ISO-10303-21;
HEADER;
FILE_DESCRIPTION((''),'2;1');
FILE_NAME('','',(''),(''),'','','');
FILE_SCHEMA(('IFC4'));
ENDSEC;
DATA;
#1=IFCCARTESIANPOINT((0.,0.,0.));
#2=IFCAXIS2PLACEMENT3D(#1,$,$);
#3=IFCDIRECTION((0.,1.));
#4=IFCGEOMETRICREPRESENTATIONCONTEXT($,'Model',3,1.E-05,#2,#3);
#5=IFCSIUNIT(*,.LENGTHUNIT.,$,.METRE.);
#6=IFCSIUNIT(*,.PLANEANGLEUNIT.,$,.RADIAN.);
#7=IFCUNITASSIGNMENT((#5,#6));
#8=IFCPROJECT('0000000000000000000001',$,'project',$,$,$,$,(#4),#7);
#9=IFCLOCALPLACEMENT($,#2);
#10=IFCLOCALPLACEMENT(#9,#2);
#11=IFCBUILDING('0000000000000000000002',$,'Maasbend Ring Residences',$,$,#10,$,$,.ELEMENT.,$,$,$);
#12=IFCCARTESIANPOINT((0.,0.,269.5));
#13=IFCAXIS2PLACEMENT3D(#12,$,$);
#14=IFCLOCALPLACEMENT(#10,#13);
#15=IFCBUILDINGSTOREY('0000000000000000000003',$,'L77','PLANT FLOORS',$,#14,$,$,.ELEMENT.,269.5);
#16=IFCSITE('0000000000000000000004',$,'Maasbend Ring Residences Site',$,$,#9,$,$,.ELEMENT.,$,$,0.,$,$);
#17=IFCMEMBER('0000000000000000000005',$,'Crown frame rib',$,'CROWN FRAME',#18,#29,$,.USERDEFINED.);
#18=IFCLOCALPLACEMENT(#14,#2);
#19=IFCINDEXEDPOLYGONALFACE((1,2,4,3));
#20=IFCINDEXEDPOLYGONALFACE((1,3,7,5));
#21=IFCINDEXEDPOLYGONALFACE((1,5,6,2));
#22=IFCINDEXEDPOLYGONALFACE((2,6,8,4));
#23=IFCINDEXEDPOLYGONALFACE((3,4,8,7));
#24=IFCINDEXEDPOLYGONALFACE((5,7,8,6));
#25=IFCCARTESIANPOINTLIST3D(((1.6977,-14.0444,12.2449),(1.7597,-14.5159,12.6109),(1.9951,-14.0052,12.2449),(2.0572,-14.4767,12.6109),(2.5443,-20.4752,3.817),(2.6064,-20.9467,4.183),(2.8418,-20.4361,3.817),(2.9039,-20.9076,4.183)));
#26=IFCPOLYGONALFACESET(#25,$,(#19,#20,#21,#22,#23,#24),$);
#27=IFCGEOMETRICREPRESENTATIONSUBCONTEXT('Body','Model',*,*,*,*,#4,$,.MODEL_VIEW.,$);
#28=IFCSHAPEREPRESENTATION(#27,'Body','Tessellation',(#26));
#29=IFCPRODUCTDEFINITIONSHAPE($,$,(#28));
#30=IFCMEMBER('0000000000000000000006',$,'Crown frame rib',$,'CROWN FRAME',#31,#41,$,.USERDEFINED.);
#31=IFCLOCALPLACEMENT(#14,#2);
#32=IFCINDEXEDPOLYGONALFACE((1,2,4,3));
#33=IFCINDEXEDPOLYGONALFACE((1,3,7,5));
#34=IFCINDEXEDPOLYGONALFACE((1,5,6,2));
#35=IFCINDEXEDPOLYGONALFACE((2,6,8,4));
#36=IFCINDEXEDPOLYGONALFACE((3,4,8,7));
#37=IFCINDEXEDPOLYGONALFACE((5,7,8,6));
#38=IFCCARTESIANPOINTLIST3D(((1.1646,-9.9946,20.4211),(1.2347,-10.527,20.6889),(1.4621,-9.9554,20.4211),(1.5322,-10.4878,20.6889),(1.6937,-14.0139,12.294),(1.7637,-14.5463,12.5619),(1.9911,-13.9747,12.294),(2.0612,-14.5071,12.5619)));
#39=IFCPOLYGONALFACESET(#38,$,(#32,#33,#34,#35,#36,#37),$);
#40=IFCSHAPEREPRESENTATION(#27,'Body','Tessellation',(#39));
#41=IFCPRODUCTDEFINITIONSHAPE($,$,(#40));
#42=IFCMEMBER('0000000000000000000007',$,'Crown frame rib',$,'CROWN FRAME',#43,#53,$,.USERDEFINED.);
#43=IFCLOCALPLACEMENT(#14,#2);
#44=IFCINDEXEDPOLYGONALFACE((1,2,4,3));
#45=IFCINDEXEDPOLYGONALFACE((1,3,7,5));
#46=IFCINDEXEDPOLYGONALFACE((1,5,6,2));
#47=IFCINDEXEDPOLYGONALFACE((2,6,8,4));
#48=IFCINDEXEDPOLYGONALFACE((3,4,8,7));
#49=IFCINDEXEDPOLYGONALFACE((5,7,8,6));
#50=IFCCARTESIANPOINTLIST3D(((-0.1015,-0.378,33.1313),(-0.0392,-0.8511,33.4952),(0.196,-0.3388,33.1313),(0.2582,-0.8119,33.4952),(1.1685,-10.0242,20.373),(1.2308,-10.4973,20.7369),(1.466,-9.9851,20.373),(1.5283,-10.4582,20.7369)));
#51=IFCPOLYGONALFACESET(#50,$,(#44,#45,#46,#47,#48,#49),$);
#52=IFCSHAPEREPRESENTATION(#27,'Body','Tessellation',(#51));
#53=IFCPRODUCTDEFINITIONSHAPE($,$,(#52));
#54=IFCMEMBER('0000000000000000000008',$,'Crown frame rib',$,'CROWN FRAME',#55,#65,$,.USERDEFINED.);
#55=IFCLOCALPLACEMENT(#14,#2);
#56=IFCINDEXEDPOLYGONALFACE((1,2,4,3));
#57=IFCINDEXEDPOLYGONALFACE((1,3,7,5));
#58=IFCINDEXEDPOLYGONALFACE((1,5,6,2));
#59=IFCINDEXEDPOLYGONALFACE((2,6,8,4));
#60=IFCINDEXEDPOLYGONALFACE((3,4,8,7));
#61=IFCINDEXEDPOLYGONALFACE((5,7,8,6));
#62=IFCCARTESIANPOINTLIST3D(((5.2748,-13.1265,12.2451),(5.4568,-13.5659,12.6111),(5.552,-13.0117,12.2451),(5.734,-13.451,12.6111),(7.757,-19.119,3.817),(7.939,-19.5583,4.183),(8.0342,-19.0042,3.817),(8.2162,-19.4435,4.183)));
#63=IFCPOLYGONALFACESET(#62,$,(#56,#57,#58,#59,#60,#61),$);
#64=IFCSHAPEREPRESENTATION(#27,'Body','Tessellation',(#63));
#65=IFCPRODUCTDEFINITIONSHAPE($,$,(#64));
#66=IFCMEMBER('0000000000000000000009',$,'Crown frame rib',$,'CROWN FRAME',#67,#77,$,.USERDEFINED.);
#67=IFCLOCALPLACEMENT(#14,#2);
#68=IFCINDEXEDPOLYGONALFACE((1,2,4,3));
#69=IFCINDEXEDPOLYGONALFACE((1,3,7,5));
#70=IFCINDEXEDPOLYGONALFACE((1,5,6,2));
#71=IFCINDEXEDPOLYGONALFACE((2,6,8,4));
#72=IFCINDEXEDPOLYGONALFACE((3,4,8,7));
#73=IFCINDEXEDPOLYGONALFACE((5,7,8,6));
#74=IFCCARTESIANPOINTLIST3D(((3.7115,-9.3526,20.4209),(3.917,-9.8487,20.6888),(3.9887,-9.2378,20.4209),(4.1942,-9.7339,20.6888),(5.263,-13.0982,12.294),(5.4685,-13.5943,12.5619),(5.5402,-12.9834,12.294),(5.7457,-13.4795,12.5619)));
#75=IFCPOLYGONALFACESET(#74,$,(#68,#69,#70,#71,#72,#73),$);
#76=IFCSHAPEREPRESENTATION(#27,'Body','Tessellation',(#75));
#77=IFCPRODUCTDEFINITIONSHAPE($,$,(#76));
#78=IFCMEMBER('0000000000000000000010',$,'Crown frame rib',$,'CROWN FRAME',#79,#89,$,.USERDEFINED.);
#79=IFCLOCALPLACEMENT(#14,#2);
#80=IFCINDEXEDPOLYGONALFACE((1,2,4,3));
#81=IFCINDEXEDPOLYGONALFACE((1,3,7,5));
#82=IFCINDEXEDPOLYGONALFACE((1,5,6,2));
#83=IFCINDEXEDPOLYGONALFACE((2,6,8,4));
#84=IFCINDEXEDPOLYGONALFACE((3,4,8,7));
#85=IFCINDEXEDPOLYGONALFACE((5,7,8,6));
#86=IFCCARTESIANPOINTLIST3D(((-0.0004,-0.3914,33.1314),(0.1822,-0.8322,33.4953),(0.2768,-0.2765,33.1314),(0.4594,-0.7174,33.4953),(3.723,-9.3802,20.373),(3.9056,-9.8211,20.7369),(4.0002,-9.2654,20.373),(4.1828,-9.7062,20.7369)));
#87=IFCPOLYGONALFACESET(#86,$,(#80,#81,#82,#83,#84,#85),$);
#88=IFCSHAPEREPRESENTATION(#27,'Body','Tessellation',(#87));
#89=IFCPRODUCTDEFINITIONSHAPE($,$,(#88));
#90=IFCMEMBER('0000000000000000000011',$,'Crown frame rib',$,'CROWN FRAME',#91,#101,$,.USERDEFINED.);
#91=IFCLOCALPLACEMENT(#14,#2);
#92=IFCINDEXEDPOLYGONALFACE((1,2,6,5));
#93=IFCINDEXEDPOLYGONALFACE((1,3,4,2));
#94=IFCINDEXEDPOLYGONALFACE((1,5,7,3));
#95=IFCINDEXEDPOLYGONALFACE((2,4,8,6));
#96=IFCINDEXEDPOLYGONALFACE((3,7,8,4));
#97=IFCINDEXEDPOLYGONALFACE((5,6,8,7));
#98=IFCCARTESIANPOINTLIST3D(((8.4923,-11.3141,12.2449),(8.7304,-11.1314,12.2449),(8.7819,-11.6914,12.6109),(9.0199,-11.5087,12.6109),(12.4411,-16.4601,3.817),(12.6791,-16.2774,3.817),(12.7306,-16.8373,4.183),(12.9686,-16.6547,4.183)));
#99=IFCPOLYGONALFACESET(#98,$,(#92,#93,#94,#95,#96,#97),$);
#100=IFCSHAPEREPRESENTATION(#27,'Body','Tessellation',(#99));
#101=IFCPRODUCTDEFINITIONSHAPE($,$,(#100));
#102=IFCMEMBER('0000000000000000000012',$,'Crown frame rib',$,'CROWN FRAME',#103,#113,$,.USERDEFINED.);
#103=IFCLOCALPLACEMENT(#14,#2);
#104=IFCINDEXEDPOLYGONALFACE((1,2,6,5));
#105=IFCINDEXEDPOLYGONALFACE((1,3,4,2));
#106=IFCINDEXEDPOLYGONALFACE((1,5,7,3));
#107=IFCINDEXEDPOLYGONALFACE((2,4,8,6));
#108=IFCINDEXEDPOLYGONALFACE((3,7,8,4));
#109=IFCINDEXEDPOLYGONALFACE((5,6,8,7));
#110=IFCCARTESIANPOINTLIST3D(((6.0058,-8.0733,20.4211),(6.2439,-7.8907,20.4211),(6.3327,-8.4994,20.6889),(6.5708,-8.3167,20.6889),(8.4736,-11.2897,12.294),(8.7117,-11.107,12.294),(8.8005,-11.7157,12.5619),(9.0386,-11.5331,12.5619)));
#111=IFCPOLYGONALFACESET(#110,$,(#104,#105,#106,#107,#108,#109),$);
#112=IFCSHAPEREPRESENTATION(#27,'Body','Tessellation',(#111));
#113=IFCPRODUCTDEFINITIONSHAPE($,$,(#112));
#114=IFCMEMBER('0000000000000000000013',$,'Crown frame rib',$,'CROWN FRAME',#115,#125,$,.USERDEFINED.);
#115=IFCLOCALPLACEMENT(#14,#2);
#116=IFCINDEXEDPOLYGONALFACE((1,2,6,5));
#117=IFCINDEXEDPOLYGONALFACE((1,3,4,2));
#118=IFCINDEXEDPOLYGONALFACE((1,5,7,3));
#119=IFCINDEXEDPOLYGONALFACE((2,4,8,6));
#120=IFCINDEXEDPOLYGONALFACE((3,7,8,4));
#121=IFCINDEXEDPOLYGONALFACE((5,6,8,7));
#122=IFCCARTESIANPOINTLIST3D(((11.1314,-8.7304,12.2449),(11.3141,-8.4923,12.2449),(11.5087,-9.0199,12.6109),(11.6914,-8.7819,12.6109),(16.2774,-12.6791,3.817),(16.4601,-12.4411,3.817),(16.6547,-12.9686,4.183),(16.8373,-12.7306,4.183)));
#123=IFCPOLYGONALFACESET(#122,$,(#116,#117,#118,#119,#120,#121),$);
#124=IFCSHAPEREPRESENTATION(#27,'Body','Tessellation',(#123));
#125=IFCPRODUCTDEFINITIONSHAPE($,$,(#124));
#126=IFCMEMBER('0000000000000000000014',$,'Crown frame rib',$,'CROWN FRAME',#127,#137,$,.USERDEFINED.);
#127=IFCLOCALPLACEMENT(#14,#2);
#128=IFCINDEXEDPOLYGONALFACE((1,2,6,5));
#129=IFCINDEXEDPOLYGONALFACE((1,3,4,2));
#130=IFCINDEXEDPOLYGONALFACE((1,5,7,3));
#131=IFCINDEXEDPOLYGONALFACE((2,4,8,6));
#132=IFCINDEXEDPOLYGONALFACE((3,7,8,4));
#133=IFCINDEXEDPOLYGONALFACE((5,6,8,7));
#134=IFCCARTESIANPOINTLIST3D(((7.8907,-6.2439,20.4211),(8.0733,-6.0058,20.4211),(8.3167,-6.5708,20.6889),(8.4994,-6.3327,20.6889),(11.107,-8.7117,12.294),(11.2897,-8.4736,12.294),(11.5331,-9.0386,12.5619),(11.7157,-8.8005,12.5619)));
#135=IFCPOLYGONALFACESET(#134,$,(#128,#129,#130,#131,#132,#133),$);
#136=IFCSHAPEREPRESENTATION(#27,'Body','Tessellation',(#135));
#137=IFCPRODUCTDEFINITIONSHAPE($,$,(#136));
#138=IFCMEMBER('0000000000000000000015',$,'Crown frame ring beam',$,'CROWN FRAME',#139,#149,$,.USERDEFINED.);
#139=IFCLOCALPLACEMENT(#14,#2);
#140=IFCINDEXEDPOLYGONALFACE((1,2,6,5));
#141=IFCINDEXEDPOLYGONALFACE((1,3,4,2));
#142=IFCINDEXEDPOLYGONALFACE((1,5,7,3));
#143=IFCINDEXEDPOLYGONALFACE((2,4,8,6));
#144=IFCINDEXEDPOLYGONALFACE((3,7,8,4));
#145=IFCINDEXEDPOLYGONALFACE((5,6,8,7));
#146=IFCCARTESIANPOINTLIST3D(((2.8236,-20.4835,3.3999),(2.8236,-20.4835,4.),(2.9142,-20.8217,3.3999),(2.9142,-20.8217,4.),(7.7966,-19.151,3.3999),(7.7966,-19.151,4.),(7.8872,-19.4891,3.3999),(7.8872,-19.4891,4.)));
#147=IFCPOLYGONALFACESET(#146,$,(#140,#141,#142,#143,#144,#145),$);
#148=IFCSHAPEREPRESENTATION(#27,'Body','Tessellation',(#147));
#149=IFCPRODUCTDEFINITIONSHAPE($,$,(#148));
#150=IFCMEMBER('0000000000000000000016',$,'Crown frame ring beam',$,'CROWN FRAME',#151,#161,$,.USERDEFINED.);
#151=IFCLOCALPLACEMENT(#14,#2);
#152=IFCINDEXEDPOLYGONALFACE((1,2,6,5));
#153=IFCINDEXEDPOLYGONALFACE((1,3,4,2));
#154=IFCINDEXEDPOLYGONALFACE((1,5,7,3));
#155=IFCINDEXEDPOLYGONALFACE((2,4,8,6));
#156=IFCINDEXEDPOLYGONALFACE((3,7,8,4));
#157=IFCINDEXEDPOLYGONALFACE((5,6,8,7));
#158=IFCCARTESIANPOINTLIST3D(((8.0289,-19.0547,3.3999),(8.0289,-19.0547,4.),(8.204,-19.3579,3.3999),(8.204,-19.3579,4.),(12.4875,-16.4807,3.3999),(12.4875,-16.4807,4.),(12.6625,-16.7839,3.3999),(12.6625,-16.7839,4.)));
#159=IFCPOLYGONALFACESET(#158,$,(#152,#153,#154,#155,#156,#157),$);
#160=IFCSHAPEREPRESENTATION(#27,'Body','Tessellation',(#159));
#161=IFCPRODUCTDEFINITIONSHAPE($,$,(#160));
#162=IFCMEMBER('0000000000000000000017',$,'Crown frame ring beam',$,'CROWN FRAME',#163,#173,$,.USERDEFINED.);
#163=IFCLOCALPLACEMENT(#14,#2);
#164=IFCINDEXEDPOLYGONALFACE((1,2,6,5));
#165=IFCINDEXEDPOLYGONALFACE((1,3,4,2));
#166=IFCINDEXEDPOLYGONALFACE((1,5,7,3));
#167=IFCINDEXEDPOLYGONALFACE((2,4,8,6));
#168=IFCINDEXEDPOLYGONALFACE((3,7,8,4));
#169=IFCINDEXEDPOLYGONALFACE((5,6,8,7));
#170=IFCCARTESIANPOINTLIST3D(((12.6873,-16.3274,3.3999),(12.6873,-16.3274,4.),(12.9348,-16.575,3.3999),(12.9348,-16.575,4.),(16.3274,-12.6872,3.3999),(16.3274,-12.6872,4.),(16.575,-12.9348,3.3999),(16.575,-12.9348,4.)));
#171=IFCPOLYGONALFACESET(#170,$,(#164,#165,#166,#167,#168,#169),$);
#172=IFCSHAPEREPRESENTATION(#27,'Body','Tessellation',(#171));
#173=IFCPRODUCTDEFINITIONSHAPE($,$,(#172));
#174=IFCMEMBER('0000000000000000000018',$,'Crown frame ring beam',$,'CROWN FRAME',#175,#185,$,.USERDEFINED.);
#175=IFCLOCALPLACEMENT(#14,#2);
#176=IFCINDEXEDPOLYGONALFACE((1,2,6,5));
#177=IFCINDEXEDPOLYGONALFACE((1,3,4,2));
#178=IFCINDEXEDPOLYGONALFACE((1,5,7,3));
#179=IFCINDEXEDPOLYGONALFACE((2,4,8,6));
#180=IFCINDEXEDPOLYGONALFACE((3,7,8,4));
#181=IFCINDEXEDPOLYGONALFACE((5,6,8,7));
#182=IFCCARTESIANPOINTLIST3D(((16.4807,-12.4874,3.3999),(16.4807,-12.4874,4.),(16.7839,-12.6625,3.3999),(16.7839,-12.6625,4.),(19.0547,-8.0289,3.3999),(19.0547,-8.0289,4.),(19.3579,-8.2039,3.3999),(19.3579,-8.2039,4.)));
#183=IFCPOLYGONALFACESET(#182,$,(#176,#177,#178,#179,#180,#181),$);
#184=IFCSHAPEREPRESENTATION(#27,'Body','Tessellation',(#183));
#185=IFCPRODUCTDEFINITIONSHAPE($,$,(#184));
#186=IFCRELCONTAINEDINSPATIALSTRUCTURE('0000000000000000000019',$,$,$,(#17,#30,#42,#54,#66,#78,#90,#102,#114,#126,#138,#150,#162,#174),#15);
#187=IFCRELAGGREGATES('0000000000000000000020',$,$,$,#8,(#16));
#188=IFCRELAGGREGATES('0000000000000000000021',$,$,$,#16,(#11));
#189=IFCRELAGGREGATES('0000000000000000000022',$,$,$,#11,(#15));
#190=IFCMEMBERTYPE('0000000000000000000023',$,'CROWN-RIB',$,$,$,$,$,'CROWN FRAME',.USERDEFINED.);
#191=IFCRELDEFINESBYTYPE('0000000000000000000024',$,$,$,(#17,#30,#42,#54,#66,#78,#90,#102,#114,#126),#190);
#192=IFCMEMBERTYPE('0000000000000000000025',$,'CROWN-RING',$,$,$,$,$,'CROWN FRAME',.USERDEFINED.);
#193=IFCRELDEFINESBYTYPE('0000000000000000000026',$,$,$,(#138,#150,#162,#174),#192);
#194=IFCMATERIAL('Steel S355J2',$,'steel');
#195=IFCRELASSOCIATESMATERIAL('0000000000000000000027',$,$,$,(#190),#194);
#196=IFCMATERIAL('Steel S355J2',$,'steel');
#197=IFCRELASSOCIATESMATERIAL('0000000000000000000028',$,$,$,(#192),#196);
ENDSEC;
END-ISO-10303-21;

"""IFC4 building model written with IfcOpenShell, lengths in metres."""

from ifc_helpers import new_model, si_unit, direction, frame, origin, origin_2d, place, context, subcontext, project, spatial, rectangle, extrude, material, material_profile, profile_set, type_object, element, save


model = new_model("IFC4")

# Units and contexts
model_context = context("Model", 3, precision=1e-05, world=origin(), true_north=direction((0.0, 1.0)))
body_context = subcontext(model_context, "Body", "Model", "MODEL_VIEW")
ifc_project = project(units=[si_unit("LENGTHUNIT", "METRE"), si_unit("PLANEANGLEUNIT", "RADIAN")], contexts=[model_context])

# Site, building, storey
site_placement = place(None, origin())
site = spatial("IfcSite", under=ifc_project, at=site_placement, Name="Maasbend Ring Residences Site", CompositionType="ELEMENT", RefElevation=0.0)
building_placement = place(site_placement, origin())
building = spatial("IfcBuilding", under=site, at=building_placement, Name="Maasbend Ring Residences", CompositionType="ELEMENT")
storey_placement = place(building_placement, frame((0.0, 0.0, 269.5)))
storey = spatial("IfcBuildingStorey", under=building, at=storey_placement, Name="L77", Description="PLANT FLOORS", CompositionType="ELEMENT", Elevation=269.5)

# Members
ifc_material_1 = material(Name="Steel S355J2", Category="steel")
ifc_material_profile_1 = material_profile(ifc_material_1, rectangle(XDim=0.3, YDim=0.6001, at=origin_2d()), Name="Box 300x600x12")
ifc_profile_set_1 = profile_set([ifc_material_profile_1], Name="Steel S355J2")
member_type_1 = type_object("IfcMemberType", Name="CROWN-RIB", ElementType="CROWN FRAME", PredefinedType="USERDEFINED", material=ifc_profile_set_1)
member_1_placement = place(storey_placement, frame((2.7241, -20.6914, 4.0), z_axis=(-0.079612, 0.60469, 0.792472), x_axis=(-0.991444, -0.130531, 0.0)))
element("IfcMember", 1, at=member_1_placement, inside=storey, type_object=member_type_1, Name="Crown frame rib", ObjectType="CROWN FRAME", PredefinedType="USERDEFINED", context=body_context, shape_type="SweptSolid", body=[
    extrude(rectangle(XDim=0.3, YDim=0.6001, at=origin_2d()), origin(), (0.0, 0.0, 1.0), 10.635),
])
member_2_placement = place(storey_placement, frame((1.8774, -14.2605, 12.428), z_axis=(-0.058253, 0.442557, 0.894846), x_axis=(-0.991448, -0.130503, 0.0)))
element("IfcMember", 2, at=member_2_placement, inside=storey, type_object=member_type_1, Name="Crown frame rib", ObjectType="CROWN FRAME", PredefinedType="USERDEFINED", context=body_context, shape_type="SweptSolid", body=[
    extrude(rectangle(XDim=0.3, YDim=0.6001, at=origin_2d()), origin(), (0.0, 0.0, 1.0), 9.082),
])
member_3_placement = place(storey_placement, frame((1.3484, -10.2412, 20.5549), z_axis=(-0.079154, 0.601205, 0.795165), x_axis=(-0.991444, -0.130533, 0.0)))
element("IfcMember", 3, at=member_3_placement, inside=storey, type_object=member_type_1, Name="Crown frame rib", ObjectType="CROWN FRAME", PredefinedType="USERDEFINED", context=body_context, shape_type="SweptSolid", body=[
    extrude(rectangle(XDim=0.3, YDim=0.6001, at=origin_2d()), origin(), (0.0, 0.0, 1.0), 16.0449),
])
member_4_placement = place(storey_placement, frame((7.9866, -19.2812, 4.0), z_axis=(-0.233399, 0.563468, 0.792483), x_axis=(-0.923878, -0.382688, 0.0)))
element("IfcMember", 4, at=member_4_placement, inside=storey, type_object=member_type_1, Name="Crown frame rib", ObjectType="CROWN FRAME", PredefinedType="USERDEFINED", context=body_context, shape_type="SweptSolid", body=[
    extrude(rectangle(XDim=0.3, YDim=0.6001, at=origin_2d()), origin(), (0.0, 0.0, 1.0), 10.635),
])
member_5_placement = place(storey_placement, frame((5.5044, -13.2888, 12.428), z_axis=(-0.170832, 0.412417, 0.894834), x_axis=(-0.923877, -0.38269, 0.0)))
element("IfcMember", 5, at=member_5_placement, inside=storey, type_object=member_type_1, Name="Crown frame rib", ObjectType="CROWN FRAME", PredefinedType="USERDEFINED", context=body_context, shape_type="SweptSolid", body=[
    extrude(rectangle(XDim=0.3, YDim=0.6001, at=origin_2d()), origin(), (0.0, 0.0, 1.0), 9.082),
])
member_6_placement = place(storey_placement, frame((3.9529, -9.5432, 20.5549), z_axis=(-0.232062, 0.560229, 0.795167), x_axis=(-0.923875, -0.382694, 0.0)))
element("IfcMember", 6, at=member_6_placement, inside=storey, type_object=member_type_1, Name="Crown frame rib", ObjectType="CROWN FRAME", PredefinedType="USERDEFINED", context=body_context, shape_type="SweptSolid", body=[
    extrude(rectangle(XDim=0.3, YDim=0.6001, at=origin_2d()), origin(), (0.0, 0.0, 1.0), 16.0449),
])
member_7_placement = place(storey_placement, frame((12.7048, -16.5574, 4.0), z_axis=(-0.371294, 0.483871, 0.792471), x_axis=(-0.793348, -0.608768, 0.0)))
element("IfcMember", 7, at=member_7_placement, inside=storey, type_object=member_type_1, Name="Crown frame rib", ObjectType="CROWN FRAME", PredefinedType="USERDEFINED", context=body_context, shape_type="SweptSolid", body=[
    extrude(rectangle(XDim=0.3, YDim=0.6001, at=origin_2d()), origin(), (0.0, 0.0, 1.0), 10.635),
])
member_8_placement = place(storey_placement, frame((8.7561, -11.4114, 12.428), z_axis=(-0.271723, 0.354143, 0.894846), x_axis=(-0.793376, -0.608732, 0.0)))
element("IfcMember", 8, at=member_8_placement, inside=storey, type_object=member_type_1, Name="Crown frame rib", ObjectType="CROWN FRAME", PredefinedType="USERDEFINED", context=body_context, shape_type="SweptSolid", body=[
    extrude(rectangle(XDim=0.3, YDim=0.6001, at=origin_2d()), origin(), (0.0, 0.0, 1.0), 9.082),
])
member_9_placement = place(storey_placement, frame((16.5574, -12.7048, 4.0), z_axis=(-0.483871, 0.371294, 0.792471), x_axis=(-0.608768, -0.793348, 0.0)))
element("IfcMember", 9, at=member_9_placement, inside=storey, type_object=member_type_1, Name="Crown frame rib", ObjectType="CROWN FRAME", PredefinedType="USERDEFINED", context=body_context, shape_type="SweptSolid", body=[
    extrude(rectangle(XDim=0.3, YDim=0.6001, at=origin_2d()), origin(), (0.0, 0.0, 1.0), 10.635),
])
member_10_placement = place(storey_placement, frame((11.4114, -8.7561, 12.428), z_axis=(-0.354143, 0.271723, 0.894846), x_axis=(-0.608732, -0.793376, 0.0)))
element("IfcMember", 10, at=member_10_placement, inside=storey, type_object=member_type_1, Name="Crown frame rib", ObjectType="CROWN FRAME", PredefinedType="USERDEFINED", context=body_context, shape_type="SweptSolid", body=[
    extrude(rectangle(XDim=0.3, YDim=0.6001, at=origin_2d()), origin(), (0.0, 0.0, 1.0), 9.082),
])
ifc_material_2 = material(Name="Steel S355J2", Category="steel")
ifc_material_profile_2 = material_profile(ifc_material_2, rectangle(XDim=0.3501, YDim=0.6001, at=origin_2d()), Name="Box 350x600x16")
ifc_profile_set_2 = profile_set([ifc_material_profile_2], Name="Steel S355J2")
member_type_2 = type_object("IfcMemberType", Name="CROWN-RING", ElementType="CROWN FRAME", PredefinedType="USERDEFINED", material=ifc_profile_set_2)
member_11_placement = place(storey_placement, frame((2.8689, -20.6526, 3.7), z_axis=(0.965924, 0.258825, 0.0), x_axis=(-0.258825, 0.965924, 0.0)))
element("IfcMember", 11, at=member_11_placement, inside=storey, type_object=member_type_2, Name="Crown frame ring beam", ObjectType="CROWN FRAME", PredefinedType="USERDEFINED", context=body_context, shape_type="SweptSolid", body=[
    extrude(rectangle(XDim=0.3501, YDim=0.6001, at=origin_2d()), origin(), (0.0, 0.0, 1.0), 5.1484),
])
member_12_placement = place(storey_placement, frame((8.1165, -19.2063, 3.7), z_axis=(0.866037, 0.49998, 0.0), x_axis=(-0.49998, 0.866037, 0.0)))
element("IfcMember", 12, at=member_12_placement, inside=storey, type_object=member_type_2, Name="Crown frame ring beam", ObjectType="CROWN FRAME", PredefinedType="USERDEFINED", context=body_context, shape_type="SweptSolid", body=[
    extrude(rectangle(XDim=0.3501, YDim=0.6001, at=origin_2d()), origin(), (0.0, 0.0, 1.0), 5.1482),
])
member_13_placement = place(storey_placement, frame((12.811, -16.4512, 3.7), z_axis=(0.707107, 0.707107, 0.0), x_axis=(-0.707107, 0.707107, 0.0)))
element("IfcMember", 13, at=member_13_placement, inside=storey, type_object=member_type_2, Name="Crown frame ring beam", ObjectType="CROWN FRAME", PredefinedType="USERDEFINED", context=body_context, shape_type="SweptSolid", body=[
    extrude(rectangle(XDim=0.3501, YDim=0.6001, at=origin_2d()), origin(), (0.0, 0.0, 1.0), 5.1479),
])
member_14_placement = place(storey_placement, frame((16.6323, -12.575, 3.7), z_axis=(0.49998, 0.866037, 0.0), x_axis=(-0.866037, 0.49998, 0.0)))
element("IfcMember", 14, at=member_14_placement, inside=storey, type_object=member_type_2, Name="Crown frame ring beam", ObjectType="CROWN FRAME", PredefinedType="USERDEFINED", context=body_context, shape_type="SweptSolid", body=[
    extrude(rectangle(XDim=0.3501, YDim=0.6001, at=origin_2d()), origin(), (0.0, 0.0, 1.0), 5.1482),
])

save(model, "model.ifc")
